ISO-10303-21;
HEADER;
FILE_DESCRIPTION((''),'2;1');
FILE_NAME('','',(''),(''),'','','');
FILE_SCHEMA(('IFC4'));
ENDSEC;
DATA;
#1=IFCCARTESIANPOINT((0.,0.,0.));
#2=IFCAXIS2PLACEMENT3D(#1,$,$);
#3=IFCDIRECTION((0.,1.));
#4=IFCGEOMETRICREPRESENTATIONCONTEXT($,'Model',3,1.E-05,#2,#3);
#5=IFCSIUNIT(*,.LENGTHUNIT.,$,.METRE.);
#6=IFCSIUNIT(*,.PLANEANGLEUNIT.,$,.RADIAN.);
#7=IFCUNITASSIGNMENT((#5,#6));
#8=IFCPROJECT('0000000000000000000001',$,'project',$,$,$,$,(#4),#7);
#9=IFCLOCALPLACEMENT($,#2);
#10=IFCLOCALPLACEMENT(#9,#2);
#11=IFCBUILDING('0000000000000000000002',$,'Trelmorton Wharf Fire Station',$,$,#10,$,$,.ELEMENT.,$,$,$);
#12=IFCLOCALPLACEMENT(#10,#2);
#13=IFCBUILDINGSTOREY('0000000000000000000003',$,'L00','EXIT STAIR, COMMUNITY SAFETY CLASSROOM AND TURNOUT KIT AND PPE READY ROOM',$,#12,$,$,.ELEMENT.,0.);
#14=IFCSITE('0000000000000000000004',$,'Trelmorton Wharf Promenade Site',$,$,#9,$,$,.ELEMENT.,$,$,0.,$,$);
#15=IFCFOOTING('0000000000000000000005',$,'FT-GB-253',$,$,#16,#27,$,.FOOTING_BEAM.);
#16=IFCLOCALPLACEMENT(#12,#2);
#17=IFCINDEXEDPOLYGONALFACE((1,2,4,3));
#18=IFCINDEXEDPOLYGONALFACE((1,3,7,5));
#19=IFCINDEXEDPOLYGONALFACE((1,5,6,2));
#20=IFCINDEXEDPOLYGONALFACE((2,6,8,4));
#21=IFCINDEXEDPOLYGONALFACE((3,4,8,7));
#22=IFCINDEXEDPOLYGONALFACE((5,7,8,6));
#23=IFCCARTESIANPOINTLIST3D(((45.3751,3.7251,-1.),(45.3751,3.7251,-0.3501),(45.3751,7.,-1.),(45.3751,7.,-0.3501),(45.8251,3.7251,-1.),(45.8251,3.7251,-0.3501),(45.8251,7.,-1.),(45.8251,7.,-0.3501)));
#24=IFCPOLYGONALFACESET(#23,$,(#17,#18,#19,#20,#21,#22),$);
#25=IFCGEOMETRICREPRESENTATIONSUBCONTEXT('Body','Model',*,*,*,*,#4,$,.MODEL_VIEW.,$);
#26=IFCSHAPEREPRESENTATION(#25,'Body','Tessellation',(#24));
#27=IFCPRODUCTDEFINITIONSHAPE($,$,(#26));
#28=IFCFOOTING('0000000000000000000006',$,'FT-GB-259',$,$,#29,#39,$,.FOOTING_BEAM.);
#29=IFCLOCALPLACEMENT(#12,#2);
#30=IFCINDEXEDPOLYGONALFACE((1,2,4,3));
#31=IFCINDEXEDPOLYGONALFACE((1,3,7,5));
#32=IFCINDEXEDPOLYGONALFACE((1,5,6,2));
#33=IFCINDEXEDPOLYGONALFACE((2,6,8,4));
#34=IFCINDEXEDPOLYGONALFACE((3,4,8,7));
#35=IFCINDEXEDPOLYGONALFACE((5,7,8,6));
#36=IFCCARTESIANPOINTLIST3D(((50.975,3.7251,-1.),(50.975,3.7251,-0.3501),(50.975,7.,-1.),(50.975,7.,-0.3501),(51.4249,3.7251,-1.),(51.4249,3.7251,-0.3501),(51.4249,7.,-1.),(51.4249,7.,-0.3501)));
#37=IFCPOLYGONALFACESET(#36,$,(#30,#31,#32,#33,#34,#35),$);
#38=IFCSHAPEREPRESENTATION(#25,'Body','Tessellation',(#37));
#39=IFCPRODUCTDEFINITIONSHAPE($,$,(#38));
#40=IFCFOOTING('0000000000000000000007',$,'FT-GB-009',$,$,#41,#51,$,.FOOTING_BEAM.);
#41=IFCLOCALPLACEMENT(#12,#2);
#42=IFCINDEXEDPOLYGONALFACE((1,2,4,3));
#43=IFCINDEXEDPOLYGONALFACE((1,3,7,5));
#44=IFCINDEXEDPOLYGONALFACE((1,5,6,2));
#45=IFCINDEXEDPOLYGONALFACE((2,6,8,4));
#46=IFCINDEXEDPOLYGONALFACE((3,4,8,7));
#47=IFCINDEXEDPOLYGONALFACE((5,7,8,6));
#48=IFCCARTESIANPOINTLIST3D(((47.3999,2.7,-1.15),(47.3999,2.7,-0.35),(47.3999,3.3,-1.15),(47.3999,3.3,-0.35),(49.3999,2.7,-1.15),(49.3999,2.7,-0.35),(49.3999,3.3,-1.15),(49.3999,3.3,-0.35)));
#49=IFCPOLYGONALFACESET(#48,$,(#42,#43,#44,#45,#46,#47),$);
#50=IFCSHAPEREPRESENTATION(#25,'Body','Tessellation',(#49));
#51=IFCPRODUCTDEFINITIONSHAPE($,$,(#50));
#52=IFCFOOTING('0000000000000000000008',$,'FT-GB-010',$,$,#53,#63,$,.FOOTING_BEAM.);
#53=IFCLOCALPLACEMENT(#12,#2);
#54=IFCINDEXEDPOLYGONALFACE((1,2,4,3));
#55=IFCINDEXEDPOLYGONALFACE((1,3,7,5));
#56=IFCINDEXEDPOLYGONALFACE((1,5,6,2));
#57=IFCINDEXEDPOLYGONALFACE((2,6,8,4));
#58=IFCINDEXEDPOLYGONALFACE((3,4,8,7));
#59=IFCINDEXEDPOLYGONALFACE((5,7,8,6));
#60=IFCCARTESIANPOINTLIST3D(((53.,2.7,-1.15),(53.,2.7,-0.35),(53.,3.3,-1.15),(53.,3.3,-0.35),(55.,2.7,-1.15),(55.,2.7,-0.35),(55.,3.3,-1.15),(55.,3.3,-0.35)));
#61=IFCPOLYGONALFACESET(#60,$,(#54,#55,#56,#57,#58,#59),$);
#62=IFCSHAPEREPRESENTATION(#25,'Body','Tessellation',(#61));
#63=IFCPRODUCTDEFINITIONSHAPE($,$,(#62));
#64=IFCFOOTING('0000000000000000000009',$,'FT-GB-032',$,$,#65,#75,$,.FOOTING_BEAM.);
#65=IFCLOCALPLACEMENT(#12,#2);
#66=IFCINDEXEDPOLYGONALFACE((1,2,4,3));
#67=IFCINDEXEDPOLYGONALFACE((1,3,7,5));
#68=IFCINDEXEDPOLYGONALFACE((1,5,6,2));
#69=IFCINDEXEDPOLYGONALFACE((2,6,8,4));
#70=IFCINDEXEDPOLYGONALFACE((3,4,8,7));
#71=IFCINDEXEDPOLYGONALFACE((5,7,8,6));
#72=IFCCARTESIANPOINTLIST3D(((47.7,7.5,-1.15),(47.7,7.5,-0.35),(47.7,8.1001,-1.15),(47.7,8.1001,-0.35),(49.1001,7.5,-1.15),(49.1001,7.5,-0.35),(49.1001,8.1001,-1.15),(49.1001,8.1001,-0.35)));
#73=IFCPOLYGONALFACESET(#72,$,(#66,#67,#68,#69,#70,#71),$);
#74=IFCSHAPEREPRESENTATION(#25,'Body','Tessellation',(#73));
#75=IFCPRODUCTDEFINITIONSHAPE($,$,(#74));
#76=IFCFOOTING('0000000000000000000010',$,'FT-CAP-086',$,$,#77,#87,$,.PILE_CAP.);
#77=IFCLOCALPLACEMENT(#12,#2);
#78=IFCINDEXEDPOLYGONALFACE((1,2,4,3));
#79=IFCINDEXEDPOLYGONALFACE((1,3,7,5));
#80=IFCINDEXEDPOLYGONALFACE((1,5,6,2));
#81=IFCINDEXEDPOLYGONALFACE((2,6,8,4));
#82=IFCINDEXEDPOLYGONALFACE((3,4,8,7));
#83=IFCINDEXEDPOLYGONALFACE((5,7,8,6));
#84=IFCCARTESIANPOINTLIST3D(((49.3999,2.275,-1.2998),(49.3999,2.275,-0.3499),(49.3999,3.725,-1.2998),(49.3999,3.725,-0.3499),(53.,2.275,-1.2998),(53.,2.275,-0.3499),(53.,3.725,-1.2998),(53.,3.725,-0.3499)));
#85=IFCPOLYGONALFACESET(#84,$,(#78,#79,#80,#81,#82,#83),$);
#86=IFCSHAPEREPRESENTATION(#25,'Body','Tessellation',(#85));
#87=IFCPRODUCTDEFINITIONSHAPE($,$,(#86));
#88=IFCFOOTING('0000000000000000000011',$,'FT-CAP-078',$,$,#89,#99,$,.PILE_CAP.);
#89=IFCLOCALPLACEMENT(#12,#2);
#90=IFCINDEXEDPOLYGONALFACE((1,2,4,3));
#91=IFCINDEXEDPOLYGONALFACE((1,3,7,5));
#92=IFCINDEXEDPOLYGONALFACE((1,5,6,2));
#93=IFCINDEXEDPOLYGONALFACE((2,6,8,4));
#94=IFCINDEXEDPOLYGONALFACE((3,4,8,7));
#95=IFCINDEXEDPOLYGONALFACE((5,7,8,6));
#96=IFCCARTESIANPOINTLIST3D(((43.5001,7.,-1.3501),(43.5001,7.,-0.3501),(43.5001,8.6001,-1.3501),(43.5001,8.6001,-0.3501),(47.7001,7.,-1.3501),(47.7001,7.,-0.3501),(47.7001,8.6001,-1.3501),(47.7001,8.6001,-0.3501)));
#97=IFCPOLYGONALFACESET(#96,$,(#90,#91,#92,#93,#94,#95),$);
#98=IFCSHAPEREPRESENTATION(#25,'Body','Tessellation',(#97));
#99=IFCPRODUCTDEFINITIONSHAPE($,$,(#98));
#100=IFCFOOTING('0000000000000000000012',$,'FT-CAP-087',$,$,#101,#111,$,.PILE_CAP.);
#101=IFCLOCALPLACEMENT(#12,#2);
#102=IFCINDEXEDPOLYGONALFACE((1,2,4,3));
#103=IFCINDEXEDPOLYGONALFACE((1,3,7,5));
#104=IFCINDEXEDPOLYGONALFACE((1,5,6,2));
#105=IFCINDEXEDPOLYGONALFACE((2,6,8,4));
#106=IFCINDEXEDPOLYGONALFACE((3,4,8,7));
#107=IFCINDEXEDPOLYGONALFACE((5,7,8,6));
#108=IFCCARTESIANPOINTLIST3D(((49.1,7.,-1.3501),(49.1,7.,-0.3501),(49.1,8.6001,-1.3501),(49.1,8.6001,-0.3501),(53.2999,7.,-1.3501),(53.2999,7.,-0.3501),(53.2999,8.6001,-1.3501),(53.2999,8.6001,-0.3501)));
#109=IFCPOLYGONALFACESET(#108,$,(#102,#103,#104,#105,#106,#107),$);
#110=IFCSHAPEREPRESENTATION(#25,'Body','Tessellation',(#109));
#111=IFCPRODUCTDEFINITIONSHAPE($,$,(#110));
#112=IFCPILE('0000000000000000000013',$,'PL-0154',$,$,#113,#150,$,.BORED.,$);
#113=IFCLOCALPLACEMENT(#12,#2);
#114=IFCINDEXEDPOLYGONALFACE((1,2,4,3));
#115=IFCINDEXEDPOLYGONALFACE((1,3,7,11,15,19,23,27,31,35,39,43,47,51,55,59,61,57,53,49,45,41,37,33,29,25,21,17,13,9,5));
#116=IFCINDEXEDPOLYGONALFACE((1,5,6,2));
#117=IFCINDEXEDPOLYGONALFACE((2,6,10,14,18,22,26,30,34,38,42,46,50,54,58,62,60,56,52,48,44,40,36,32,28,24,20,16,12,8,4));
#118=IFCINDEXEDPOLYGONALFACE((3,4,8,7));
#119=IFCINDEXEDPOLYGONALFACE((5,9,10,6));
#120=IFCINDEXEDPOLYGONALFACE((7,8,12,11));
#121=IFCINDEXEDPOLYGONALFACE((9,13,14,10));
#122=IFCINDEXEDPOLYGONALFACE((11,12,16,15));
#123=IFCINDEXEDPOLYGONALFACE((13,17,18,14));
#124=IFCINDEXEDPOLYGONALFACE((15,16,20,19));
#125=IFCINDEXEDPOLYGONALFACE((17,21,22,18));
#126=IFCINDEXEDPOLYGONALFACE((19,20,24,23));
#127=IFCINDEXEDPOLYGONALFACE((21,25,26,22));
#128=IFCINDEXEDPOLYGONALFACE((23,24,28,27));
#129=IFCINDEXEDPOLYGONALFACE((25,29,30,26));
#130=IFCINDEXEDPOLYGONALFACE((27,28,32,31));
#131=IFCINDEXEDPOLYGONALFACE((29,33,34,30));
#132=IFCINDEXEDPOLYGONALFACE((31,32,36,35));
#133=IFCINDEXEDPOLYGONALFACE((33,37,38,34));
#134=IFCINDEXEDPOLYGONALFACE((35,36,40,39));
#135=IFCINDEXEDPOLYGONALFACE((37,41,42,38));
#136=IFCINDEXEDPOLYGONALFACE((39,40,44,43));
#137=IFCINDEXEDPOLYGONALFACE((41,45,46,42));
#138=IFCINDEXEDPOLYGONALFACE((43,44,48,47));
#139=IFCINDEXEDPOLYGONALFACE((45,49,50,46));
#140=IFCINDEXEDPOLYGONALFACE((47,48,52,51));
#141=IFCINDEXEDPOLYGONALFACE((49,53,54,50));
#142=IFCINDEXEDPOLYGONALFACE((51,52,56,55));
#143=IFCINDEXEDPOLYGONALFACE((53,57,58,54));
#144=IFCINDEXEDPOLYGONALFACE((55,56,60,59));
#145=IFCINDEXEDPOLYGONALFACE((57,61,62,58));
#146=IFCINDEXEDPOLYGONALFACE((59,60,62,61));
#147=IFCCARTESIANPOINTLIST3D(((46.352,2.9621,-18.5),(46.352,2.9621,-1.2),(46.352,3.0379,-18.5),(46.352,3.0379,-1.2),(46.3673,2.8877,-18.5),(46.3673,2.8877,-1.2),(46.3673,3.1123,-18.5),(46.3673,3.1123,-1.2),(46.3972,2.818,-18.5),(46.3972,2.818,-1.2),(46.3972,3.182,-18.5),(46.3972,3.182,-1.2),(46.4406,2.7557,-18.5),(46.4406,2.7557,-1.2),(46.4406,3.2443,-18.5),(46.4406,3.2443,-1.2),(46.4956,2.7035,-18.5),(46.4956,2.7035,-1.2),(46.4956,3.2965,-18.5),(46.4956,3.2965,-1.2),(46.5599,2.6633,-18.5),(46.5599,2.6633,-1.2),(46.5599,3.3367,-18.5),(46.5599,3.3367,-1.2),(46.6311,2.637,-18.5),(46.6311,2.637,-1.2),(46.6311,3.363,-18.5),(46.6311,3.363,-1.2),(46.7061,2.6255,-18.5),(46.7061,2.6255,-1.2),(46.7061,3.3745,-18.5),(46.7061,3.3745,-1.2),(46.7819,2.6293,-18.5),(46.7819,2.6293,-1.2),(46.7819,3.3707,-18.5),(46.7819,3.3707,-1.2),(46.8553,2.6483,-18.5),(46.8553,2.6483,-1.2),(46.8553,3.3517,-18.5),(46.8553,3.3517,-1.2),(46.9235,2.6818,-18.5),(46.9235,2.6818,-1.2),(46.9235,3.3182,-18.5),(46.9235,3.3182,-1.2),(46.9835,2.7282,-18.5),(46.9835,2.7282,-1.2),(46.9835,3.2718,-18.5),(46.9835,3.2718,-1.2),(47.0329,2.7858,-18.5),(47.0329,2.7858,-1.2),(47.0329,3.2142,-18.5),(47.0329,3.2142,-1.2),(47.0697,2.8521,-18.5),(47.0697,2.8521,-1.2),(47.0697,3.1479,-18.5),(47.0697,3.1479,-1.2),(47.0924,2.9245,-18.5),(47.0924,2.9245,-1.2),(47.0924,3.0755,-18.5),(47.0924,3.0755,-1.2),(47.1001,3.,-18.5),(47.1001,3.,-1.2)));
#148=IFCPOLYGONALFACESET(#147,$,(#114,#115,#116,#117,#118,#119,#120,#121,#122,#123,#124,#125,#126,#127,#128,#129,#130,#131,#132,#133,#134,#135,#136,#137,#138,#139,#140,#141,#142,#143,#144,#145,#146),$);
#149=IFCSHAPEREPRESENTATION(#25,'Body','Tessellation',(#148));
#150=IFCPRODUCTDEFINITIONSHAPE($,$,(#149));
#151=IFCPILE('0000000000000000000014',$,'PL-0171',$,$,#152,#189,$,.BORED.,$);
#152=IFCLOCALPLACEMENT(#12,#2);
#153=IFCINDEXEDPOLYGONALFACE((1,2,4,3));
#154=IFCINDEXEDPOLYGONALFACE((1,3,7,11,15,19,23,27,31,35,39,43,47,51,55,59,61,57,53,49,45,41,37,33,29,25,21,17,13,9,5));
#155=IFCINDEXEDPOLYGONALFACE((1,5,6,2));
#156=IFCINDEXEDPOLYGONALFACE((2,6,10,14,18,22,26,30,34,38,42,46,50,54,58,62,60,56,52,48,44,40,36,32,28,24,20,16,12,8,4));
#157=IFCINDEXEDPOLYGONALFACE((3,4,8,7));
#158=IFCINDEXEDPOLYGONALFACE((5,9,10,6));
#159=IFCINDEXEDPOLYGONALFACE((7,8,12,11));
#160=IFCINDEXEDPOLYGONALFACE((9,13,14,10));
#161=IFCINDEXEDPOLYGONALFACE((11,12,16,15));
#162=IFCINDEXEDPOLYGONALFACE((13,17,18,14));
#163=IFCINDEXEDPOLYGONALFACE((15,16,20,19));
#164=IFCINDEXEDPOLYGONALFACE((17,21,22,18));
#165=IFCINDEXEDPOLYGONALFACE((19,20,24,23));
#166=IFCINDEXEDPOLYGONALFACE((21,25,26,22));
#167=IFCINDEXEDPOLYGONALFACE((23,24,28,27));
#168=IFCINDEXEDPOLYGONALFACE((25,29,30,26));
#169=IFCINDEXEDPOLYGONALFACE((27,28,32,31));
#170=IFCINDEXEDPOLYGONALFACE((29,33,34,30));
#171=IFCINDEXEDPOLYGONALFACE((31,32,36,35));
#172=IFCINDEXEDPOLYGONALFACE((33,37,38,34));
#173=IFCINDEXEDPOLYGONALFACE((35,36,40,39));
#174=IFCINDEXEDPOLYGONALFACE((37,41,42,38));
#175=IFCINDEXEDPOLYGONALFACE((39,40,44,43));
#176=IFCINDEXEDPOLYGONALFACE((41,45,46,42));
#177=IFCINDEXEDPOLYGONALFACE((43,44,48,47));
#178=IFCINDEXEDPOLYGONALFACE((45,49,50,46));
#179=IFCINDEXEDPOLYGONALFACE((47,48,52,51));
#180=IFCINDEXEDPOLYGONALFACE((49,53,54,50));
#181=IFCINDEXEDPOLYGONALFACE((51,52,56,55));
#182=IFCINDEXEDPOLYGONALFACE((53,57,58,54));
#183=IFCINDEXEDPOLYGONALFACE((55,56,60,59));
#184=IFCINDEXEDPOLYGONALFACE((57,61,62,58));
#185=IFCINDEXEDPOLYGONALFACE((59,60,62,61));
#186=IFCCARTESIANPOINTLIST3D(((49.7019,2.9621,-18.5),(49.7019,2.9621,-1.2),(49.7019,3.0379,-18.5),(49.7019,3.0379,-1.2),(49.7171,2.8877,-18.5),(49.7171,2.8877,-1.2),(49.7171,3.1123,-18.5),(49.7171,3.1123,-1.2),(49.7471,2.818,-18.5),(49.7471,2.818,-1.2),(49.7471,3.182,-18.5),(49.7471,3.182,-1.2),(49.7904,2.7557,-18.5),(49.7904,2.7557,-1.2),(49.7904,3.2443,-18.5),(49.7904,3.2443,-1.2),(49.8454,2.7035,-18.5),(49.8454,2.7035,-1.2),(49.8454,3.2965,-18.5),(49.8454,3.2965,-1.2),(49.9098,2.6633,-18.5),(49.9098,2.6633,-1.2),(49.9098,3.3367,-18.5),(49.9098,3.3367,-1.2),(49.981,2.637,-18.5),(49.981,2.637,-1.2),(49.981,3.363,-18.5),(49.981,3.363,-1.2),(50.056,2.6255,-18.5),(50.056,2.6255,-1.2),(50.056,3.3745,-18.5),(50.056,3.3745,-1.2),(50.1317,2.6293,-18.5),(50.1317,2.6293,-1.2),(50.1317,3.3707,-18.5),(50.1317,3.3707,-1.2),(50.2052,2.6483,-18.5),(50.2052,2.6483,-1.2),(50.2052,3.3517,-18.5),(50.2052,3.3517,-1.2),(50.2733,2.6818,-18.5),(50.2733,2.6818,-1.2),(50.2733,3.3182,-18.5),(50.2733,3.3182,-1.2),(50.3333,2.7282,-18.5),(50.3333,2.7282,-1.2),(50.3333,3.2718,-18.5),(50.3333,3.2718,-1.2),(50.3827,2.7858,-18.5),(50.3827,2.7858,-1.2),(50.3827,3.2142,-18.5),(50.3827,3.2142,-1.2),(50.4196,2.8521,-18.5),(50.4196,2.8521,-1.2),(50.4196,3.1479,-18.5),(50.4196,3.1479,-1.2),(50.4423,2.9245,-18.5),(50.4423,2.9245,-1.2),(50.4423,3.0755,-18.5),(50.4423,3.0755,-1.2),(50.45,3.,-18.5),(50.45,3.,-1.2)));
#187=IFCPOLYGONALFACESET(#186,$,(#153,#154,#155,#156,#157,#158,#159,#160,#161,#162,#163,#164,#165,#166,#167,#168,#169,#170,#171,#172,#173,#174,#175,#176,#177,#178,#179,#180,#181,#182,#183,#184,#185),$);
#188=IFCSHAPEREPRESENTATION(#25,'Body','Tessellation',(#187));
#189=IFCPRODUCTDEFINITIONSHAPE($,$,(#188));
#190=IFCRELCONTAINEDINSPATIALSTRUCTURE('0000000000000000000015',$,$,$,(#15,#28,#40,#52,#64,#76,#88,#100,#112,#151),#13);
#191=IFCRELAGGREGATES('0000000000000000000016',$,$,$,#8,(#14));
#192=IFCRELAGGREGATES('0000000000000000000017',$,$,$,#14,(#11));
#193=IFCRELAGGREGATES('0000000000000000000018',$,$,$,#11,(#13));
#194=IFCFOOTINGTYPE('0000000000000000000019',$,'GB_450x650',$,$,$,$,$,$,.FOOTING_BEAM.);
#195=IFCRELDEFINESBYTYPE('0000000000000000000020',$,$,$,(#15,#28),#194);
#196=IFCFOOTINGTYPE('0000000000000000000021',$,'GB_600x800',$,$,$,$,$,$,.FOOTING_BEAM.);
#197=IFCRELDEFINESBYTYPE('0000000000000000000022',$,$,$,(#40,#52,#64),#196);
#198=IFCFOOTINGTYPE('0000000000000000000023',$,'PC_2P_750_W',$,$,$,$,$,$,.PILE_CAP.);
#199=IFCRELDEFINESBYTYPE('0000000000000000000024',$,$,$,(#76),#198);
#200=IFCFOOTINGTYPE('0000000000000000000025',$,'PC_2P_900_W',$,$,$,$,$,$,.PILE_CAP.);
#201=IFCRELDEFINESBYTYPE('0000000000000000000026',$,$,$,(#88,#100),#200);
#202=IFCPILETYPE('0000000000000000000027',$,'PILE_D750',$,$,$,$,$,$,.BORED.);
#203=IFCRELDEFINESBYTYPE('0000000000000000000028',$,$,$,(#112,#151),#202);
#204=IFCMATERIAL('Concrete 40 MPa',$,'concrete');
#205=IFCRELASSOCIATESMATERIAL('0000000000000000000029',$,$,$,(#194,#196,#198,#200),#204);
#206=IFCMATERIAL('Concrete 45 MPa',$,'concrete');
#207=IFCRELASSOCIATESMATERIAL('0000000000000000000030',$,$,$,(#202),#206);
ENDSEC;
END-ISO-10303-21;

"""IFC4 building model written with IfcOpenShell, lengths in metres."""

from ifc_helpers import new_model, si_unit, direction, frame, origin, origin_2d, place, context, subcontext, project, spatial, rectangle, circle, extrude, material, material_profile, profile_set, type_object, element, save


model = new_model("IFC4")

# Units and contexts
model_context = context("Model", 3, precision=1e-05, world=origin(), true_north=direction((0.0, 1.0)))
body_context = subcontext(model_context, "Body", "Model", "MODEL_VIEW")
ifc_project = project(units=[si_unit("LENGTHUNIT", "METRE"), si_unit("PLANEANGLEUNIT", "RADIAN")], contexts=[model_context])

# Site, building, storey
site_placement = place(None, origin())
site = spatial("IfcSite", under=ifc_project, at=site_placement, Name="Trelmorton Wharf Promenade Site", CompositionType="ELEMENT", RefElevation=0.0)
building_placement = place(site_placement, origin())
building = spatial("IfcBuilding", under=site, at=building_placement, Name="Trelmorton Wharf Fire Station", CompositionType="ELEMENT")
storey_placement = place(building_placement, origin())
storey = spatial("IfcBuildingStorey", under=building, at=storey_placement, Name="L00", Description="EXIT STAIR, COMMUNITY SAFETY CLASSROOM AND TURNOUT KIT AND PPE READY ROOM", CompositionType="ELEMENT", Elevation=0.0)

# Footings
ifc_material_1 = material(Name="Concrete 40 MPa", Category="concrete")
ifc_material_profile_1 = material_profile(ifc_material_1, rectangle(XDim=0.45, YDim=0.6499, at=origin_2d()), Name="RC450x650")
ifc_profile_set_1 = profile_set([ifc_material_profile_1], Name="Concrete 40 MPa")
footing_type_1 = type_object("IfcFootingType", Name="GB_450x650", PredefinedType="FOOTING_BEAM", material=ifc_profile_set_1)
for number, where, z_axis, x_axis, name in (
    (1, (45.6001, 3.7251, -0.675), (0.0, 1.0, 0.0), (-1.0, 0.0, 0.0), "FT-GB-253"),
    (2, (51.2, 3.7251, -0.675), (0.0, 1.0, 0.0), (-1.0, 0.0, 0.0), "FT-GB-259"),
):
    element("IfcFooting", number, at=place(storey_placement, frame(where, z_axis=z_axis, x_axis=x_axis)), inside=storey, type_object=footing_type_1, Name=name, PredefinedType="FOOTING_BEAM", context=body_context, shape_type="SweptSolid", body=[
        extrude(rectangle(XDim=0.45, YDim=0.6499, at=origin_2d()), origin(), (0.0, 0.0, 1.0), 3.2749),
    ])
ifc_material_profile_2 = material_profile(ifc_material_1, rectangle(XDim=0.6001, YDim=0.8, at=origin_2d()), Name="RC600x800")
ifc_profile_set_2 = profile_set([ifc_material_profile_2], Name="Concrete 40 MPa")
footing_type_2 = type_object("IfcFootingType", Name="GB_600x800", PredefinedType="FOOTING_BEAM", material=ifc_profile_set_2)
for number, where, z_axis, x_axis, name in (
    (3, (47.3999, 3.0, -0.75), (1.0, 0.0, 0.0), (0.0, 1.0, 0.0), "FT-GB-009"),
    (4, (53.0, 3.0, -0.75), (1.0, 0.0, 0.0), (0.0, 1.0, 0.0), "FT-GB-010"),
):
    element("IfcFooting", number, at=place(storey_placement, frame(where, z_axis=z_axis, x_axis=x_axis)), inside=storey, type_object=footing_type_2, Name=name, PredefinedType="FOOTING_BEAM", context=body_context, shape_type="SweptSolid", body=[
        extrude(rectangle(XDim=0.6001, YDim=0.8, at=origin_2d()), origin(), (0.0, 0.0, 1.0), 2.0),
    ])
footing_1_placement = place(storey_placement, frame((47.7, 7.8, -0.75), z_axis=(1.0, 0.0, 0.0), x_axis=(0.0, 1.0, 0.0)))
element("IfcFooting", 5, at=footing_1_placement, inside=storey, type_object=footing_type_2, Name="FT-GB-032", PredefinedType="FOOTING_BEAM", context=body_context, shape_type="SweptSolid", body=[
    extrude(rectangle(XDim=0.6001, YDim=0.8, at=origin_2d()), origin(), (0.0, 0.0, 1.0), 1.4001),
])
footing_type_3 = type_object("IfcFootingType", Name="PC_2P_750_W", PredefinedType="PILE_CAP", material=ifc_material_1)
footing_2_placement = place(storey_placement, frame((51.2, 3.0, -1.2998), z_axis=(0.0, 0.0, 1.0), x_axis=(1.0, 0.0, 0.0)))
element("IfcFooting", 6, at=footing_2_placement, inside=storey, type_object=footing_type_3, Name="FT-CAP-086", PredefinedType="PILE_CAP", context=body_context, shape_type="SweptSolid", body=[
    extrude(rectangle(XDim=3.6001, YDim=1.45, at=origin_2d()), origin(), (0.0, 0.0, 1.0), 0.95),
])
footing_type_4 = type_object("IfcFootingType", Name="PC_2P_900_W", PredefinedType="PILE_CAP", material=ifc_material_1)
for number, where, z_axis, x_axis, name in (
    (7, (45.6001, 7.8, -1.3501), (0.0, 0.0, 1.0), (1.0, 0.0, 0.0), "FT-CAP-078"),
    (8, (51.2, 7.8, -1.3501), (0.0, 0.0, 1.0), (1.0, 0.0, 0.0), "FT-CAP-087"),
):
    element("IfcFooting", number, at=place(storey_placement, frame(where, z_axis=z_axis, x_axis=x_axis)), inside=storey, type_object=footing_type_4, Name=name, PredefinedType="PILE_CAP", context=body_context, shape_type="SweptSolid", body=[
        extrude(rectangle(XDim=4.2, YDim=1.6001, at=origin_2d()), origin(), (0.0, 0.0, 1.0), 1.0),
    ])

# Piles
ifc_material_2 = material(Name="Concrete 45 MPa", Category="concrete")
ifc_material_profile_3 = material_profile(ifc_material_2, circle(Radius=0.375, at=origin_2d()), Name="PILE-D750")
ifc_profile_set_3 = profile_set([ifc_material_profile_3], Name="Concrete 45 MPa")
pile_type_1 = type_object("IfcPileType", Name="PILE_D750", PredefinedType="BORED", material=ifc_profile_set_3)
for number, where, z_axis, x_axis, name in (
    (9, (46.7251, 3.0, -1.2), (0.0, 0.0, -1.0), (1.0, 0.0, 0.0), "PL-0154"),
    (10, (50.075, 3.0, -1.2), (0.0, 0.0, -1.0), (1.0, 0.0, 0.0), "PL-0171"),
):
    element("IfcPile", number, at=place(storey_placement, frame(where, z_axis=z_axis, x_axis=x_axis)), inside=storey, type_object=pile_type_1, Name=name, PredefinedType="BORED", context=body_context, shape_type="SweptSolid", body=[
        extrude(circle(Radius=0.375, at=origin_2d()), origin(), (0.0, 0.0, 1.0), 17.3),
    ])

save(model, "model.ifc")
